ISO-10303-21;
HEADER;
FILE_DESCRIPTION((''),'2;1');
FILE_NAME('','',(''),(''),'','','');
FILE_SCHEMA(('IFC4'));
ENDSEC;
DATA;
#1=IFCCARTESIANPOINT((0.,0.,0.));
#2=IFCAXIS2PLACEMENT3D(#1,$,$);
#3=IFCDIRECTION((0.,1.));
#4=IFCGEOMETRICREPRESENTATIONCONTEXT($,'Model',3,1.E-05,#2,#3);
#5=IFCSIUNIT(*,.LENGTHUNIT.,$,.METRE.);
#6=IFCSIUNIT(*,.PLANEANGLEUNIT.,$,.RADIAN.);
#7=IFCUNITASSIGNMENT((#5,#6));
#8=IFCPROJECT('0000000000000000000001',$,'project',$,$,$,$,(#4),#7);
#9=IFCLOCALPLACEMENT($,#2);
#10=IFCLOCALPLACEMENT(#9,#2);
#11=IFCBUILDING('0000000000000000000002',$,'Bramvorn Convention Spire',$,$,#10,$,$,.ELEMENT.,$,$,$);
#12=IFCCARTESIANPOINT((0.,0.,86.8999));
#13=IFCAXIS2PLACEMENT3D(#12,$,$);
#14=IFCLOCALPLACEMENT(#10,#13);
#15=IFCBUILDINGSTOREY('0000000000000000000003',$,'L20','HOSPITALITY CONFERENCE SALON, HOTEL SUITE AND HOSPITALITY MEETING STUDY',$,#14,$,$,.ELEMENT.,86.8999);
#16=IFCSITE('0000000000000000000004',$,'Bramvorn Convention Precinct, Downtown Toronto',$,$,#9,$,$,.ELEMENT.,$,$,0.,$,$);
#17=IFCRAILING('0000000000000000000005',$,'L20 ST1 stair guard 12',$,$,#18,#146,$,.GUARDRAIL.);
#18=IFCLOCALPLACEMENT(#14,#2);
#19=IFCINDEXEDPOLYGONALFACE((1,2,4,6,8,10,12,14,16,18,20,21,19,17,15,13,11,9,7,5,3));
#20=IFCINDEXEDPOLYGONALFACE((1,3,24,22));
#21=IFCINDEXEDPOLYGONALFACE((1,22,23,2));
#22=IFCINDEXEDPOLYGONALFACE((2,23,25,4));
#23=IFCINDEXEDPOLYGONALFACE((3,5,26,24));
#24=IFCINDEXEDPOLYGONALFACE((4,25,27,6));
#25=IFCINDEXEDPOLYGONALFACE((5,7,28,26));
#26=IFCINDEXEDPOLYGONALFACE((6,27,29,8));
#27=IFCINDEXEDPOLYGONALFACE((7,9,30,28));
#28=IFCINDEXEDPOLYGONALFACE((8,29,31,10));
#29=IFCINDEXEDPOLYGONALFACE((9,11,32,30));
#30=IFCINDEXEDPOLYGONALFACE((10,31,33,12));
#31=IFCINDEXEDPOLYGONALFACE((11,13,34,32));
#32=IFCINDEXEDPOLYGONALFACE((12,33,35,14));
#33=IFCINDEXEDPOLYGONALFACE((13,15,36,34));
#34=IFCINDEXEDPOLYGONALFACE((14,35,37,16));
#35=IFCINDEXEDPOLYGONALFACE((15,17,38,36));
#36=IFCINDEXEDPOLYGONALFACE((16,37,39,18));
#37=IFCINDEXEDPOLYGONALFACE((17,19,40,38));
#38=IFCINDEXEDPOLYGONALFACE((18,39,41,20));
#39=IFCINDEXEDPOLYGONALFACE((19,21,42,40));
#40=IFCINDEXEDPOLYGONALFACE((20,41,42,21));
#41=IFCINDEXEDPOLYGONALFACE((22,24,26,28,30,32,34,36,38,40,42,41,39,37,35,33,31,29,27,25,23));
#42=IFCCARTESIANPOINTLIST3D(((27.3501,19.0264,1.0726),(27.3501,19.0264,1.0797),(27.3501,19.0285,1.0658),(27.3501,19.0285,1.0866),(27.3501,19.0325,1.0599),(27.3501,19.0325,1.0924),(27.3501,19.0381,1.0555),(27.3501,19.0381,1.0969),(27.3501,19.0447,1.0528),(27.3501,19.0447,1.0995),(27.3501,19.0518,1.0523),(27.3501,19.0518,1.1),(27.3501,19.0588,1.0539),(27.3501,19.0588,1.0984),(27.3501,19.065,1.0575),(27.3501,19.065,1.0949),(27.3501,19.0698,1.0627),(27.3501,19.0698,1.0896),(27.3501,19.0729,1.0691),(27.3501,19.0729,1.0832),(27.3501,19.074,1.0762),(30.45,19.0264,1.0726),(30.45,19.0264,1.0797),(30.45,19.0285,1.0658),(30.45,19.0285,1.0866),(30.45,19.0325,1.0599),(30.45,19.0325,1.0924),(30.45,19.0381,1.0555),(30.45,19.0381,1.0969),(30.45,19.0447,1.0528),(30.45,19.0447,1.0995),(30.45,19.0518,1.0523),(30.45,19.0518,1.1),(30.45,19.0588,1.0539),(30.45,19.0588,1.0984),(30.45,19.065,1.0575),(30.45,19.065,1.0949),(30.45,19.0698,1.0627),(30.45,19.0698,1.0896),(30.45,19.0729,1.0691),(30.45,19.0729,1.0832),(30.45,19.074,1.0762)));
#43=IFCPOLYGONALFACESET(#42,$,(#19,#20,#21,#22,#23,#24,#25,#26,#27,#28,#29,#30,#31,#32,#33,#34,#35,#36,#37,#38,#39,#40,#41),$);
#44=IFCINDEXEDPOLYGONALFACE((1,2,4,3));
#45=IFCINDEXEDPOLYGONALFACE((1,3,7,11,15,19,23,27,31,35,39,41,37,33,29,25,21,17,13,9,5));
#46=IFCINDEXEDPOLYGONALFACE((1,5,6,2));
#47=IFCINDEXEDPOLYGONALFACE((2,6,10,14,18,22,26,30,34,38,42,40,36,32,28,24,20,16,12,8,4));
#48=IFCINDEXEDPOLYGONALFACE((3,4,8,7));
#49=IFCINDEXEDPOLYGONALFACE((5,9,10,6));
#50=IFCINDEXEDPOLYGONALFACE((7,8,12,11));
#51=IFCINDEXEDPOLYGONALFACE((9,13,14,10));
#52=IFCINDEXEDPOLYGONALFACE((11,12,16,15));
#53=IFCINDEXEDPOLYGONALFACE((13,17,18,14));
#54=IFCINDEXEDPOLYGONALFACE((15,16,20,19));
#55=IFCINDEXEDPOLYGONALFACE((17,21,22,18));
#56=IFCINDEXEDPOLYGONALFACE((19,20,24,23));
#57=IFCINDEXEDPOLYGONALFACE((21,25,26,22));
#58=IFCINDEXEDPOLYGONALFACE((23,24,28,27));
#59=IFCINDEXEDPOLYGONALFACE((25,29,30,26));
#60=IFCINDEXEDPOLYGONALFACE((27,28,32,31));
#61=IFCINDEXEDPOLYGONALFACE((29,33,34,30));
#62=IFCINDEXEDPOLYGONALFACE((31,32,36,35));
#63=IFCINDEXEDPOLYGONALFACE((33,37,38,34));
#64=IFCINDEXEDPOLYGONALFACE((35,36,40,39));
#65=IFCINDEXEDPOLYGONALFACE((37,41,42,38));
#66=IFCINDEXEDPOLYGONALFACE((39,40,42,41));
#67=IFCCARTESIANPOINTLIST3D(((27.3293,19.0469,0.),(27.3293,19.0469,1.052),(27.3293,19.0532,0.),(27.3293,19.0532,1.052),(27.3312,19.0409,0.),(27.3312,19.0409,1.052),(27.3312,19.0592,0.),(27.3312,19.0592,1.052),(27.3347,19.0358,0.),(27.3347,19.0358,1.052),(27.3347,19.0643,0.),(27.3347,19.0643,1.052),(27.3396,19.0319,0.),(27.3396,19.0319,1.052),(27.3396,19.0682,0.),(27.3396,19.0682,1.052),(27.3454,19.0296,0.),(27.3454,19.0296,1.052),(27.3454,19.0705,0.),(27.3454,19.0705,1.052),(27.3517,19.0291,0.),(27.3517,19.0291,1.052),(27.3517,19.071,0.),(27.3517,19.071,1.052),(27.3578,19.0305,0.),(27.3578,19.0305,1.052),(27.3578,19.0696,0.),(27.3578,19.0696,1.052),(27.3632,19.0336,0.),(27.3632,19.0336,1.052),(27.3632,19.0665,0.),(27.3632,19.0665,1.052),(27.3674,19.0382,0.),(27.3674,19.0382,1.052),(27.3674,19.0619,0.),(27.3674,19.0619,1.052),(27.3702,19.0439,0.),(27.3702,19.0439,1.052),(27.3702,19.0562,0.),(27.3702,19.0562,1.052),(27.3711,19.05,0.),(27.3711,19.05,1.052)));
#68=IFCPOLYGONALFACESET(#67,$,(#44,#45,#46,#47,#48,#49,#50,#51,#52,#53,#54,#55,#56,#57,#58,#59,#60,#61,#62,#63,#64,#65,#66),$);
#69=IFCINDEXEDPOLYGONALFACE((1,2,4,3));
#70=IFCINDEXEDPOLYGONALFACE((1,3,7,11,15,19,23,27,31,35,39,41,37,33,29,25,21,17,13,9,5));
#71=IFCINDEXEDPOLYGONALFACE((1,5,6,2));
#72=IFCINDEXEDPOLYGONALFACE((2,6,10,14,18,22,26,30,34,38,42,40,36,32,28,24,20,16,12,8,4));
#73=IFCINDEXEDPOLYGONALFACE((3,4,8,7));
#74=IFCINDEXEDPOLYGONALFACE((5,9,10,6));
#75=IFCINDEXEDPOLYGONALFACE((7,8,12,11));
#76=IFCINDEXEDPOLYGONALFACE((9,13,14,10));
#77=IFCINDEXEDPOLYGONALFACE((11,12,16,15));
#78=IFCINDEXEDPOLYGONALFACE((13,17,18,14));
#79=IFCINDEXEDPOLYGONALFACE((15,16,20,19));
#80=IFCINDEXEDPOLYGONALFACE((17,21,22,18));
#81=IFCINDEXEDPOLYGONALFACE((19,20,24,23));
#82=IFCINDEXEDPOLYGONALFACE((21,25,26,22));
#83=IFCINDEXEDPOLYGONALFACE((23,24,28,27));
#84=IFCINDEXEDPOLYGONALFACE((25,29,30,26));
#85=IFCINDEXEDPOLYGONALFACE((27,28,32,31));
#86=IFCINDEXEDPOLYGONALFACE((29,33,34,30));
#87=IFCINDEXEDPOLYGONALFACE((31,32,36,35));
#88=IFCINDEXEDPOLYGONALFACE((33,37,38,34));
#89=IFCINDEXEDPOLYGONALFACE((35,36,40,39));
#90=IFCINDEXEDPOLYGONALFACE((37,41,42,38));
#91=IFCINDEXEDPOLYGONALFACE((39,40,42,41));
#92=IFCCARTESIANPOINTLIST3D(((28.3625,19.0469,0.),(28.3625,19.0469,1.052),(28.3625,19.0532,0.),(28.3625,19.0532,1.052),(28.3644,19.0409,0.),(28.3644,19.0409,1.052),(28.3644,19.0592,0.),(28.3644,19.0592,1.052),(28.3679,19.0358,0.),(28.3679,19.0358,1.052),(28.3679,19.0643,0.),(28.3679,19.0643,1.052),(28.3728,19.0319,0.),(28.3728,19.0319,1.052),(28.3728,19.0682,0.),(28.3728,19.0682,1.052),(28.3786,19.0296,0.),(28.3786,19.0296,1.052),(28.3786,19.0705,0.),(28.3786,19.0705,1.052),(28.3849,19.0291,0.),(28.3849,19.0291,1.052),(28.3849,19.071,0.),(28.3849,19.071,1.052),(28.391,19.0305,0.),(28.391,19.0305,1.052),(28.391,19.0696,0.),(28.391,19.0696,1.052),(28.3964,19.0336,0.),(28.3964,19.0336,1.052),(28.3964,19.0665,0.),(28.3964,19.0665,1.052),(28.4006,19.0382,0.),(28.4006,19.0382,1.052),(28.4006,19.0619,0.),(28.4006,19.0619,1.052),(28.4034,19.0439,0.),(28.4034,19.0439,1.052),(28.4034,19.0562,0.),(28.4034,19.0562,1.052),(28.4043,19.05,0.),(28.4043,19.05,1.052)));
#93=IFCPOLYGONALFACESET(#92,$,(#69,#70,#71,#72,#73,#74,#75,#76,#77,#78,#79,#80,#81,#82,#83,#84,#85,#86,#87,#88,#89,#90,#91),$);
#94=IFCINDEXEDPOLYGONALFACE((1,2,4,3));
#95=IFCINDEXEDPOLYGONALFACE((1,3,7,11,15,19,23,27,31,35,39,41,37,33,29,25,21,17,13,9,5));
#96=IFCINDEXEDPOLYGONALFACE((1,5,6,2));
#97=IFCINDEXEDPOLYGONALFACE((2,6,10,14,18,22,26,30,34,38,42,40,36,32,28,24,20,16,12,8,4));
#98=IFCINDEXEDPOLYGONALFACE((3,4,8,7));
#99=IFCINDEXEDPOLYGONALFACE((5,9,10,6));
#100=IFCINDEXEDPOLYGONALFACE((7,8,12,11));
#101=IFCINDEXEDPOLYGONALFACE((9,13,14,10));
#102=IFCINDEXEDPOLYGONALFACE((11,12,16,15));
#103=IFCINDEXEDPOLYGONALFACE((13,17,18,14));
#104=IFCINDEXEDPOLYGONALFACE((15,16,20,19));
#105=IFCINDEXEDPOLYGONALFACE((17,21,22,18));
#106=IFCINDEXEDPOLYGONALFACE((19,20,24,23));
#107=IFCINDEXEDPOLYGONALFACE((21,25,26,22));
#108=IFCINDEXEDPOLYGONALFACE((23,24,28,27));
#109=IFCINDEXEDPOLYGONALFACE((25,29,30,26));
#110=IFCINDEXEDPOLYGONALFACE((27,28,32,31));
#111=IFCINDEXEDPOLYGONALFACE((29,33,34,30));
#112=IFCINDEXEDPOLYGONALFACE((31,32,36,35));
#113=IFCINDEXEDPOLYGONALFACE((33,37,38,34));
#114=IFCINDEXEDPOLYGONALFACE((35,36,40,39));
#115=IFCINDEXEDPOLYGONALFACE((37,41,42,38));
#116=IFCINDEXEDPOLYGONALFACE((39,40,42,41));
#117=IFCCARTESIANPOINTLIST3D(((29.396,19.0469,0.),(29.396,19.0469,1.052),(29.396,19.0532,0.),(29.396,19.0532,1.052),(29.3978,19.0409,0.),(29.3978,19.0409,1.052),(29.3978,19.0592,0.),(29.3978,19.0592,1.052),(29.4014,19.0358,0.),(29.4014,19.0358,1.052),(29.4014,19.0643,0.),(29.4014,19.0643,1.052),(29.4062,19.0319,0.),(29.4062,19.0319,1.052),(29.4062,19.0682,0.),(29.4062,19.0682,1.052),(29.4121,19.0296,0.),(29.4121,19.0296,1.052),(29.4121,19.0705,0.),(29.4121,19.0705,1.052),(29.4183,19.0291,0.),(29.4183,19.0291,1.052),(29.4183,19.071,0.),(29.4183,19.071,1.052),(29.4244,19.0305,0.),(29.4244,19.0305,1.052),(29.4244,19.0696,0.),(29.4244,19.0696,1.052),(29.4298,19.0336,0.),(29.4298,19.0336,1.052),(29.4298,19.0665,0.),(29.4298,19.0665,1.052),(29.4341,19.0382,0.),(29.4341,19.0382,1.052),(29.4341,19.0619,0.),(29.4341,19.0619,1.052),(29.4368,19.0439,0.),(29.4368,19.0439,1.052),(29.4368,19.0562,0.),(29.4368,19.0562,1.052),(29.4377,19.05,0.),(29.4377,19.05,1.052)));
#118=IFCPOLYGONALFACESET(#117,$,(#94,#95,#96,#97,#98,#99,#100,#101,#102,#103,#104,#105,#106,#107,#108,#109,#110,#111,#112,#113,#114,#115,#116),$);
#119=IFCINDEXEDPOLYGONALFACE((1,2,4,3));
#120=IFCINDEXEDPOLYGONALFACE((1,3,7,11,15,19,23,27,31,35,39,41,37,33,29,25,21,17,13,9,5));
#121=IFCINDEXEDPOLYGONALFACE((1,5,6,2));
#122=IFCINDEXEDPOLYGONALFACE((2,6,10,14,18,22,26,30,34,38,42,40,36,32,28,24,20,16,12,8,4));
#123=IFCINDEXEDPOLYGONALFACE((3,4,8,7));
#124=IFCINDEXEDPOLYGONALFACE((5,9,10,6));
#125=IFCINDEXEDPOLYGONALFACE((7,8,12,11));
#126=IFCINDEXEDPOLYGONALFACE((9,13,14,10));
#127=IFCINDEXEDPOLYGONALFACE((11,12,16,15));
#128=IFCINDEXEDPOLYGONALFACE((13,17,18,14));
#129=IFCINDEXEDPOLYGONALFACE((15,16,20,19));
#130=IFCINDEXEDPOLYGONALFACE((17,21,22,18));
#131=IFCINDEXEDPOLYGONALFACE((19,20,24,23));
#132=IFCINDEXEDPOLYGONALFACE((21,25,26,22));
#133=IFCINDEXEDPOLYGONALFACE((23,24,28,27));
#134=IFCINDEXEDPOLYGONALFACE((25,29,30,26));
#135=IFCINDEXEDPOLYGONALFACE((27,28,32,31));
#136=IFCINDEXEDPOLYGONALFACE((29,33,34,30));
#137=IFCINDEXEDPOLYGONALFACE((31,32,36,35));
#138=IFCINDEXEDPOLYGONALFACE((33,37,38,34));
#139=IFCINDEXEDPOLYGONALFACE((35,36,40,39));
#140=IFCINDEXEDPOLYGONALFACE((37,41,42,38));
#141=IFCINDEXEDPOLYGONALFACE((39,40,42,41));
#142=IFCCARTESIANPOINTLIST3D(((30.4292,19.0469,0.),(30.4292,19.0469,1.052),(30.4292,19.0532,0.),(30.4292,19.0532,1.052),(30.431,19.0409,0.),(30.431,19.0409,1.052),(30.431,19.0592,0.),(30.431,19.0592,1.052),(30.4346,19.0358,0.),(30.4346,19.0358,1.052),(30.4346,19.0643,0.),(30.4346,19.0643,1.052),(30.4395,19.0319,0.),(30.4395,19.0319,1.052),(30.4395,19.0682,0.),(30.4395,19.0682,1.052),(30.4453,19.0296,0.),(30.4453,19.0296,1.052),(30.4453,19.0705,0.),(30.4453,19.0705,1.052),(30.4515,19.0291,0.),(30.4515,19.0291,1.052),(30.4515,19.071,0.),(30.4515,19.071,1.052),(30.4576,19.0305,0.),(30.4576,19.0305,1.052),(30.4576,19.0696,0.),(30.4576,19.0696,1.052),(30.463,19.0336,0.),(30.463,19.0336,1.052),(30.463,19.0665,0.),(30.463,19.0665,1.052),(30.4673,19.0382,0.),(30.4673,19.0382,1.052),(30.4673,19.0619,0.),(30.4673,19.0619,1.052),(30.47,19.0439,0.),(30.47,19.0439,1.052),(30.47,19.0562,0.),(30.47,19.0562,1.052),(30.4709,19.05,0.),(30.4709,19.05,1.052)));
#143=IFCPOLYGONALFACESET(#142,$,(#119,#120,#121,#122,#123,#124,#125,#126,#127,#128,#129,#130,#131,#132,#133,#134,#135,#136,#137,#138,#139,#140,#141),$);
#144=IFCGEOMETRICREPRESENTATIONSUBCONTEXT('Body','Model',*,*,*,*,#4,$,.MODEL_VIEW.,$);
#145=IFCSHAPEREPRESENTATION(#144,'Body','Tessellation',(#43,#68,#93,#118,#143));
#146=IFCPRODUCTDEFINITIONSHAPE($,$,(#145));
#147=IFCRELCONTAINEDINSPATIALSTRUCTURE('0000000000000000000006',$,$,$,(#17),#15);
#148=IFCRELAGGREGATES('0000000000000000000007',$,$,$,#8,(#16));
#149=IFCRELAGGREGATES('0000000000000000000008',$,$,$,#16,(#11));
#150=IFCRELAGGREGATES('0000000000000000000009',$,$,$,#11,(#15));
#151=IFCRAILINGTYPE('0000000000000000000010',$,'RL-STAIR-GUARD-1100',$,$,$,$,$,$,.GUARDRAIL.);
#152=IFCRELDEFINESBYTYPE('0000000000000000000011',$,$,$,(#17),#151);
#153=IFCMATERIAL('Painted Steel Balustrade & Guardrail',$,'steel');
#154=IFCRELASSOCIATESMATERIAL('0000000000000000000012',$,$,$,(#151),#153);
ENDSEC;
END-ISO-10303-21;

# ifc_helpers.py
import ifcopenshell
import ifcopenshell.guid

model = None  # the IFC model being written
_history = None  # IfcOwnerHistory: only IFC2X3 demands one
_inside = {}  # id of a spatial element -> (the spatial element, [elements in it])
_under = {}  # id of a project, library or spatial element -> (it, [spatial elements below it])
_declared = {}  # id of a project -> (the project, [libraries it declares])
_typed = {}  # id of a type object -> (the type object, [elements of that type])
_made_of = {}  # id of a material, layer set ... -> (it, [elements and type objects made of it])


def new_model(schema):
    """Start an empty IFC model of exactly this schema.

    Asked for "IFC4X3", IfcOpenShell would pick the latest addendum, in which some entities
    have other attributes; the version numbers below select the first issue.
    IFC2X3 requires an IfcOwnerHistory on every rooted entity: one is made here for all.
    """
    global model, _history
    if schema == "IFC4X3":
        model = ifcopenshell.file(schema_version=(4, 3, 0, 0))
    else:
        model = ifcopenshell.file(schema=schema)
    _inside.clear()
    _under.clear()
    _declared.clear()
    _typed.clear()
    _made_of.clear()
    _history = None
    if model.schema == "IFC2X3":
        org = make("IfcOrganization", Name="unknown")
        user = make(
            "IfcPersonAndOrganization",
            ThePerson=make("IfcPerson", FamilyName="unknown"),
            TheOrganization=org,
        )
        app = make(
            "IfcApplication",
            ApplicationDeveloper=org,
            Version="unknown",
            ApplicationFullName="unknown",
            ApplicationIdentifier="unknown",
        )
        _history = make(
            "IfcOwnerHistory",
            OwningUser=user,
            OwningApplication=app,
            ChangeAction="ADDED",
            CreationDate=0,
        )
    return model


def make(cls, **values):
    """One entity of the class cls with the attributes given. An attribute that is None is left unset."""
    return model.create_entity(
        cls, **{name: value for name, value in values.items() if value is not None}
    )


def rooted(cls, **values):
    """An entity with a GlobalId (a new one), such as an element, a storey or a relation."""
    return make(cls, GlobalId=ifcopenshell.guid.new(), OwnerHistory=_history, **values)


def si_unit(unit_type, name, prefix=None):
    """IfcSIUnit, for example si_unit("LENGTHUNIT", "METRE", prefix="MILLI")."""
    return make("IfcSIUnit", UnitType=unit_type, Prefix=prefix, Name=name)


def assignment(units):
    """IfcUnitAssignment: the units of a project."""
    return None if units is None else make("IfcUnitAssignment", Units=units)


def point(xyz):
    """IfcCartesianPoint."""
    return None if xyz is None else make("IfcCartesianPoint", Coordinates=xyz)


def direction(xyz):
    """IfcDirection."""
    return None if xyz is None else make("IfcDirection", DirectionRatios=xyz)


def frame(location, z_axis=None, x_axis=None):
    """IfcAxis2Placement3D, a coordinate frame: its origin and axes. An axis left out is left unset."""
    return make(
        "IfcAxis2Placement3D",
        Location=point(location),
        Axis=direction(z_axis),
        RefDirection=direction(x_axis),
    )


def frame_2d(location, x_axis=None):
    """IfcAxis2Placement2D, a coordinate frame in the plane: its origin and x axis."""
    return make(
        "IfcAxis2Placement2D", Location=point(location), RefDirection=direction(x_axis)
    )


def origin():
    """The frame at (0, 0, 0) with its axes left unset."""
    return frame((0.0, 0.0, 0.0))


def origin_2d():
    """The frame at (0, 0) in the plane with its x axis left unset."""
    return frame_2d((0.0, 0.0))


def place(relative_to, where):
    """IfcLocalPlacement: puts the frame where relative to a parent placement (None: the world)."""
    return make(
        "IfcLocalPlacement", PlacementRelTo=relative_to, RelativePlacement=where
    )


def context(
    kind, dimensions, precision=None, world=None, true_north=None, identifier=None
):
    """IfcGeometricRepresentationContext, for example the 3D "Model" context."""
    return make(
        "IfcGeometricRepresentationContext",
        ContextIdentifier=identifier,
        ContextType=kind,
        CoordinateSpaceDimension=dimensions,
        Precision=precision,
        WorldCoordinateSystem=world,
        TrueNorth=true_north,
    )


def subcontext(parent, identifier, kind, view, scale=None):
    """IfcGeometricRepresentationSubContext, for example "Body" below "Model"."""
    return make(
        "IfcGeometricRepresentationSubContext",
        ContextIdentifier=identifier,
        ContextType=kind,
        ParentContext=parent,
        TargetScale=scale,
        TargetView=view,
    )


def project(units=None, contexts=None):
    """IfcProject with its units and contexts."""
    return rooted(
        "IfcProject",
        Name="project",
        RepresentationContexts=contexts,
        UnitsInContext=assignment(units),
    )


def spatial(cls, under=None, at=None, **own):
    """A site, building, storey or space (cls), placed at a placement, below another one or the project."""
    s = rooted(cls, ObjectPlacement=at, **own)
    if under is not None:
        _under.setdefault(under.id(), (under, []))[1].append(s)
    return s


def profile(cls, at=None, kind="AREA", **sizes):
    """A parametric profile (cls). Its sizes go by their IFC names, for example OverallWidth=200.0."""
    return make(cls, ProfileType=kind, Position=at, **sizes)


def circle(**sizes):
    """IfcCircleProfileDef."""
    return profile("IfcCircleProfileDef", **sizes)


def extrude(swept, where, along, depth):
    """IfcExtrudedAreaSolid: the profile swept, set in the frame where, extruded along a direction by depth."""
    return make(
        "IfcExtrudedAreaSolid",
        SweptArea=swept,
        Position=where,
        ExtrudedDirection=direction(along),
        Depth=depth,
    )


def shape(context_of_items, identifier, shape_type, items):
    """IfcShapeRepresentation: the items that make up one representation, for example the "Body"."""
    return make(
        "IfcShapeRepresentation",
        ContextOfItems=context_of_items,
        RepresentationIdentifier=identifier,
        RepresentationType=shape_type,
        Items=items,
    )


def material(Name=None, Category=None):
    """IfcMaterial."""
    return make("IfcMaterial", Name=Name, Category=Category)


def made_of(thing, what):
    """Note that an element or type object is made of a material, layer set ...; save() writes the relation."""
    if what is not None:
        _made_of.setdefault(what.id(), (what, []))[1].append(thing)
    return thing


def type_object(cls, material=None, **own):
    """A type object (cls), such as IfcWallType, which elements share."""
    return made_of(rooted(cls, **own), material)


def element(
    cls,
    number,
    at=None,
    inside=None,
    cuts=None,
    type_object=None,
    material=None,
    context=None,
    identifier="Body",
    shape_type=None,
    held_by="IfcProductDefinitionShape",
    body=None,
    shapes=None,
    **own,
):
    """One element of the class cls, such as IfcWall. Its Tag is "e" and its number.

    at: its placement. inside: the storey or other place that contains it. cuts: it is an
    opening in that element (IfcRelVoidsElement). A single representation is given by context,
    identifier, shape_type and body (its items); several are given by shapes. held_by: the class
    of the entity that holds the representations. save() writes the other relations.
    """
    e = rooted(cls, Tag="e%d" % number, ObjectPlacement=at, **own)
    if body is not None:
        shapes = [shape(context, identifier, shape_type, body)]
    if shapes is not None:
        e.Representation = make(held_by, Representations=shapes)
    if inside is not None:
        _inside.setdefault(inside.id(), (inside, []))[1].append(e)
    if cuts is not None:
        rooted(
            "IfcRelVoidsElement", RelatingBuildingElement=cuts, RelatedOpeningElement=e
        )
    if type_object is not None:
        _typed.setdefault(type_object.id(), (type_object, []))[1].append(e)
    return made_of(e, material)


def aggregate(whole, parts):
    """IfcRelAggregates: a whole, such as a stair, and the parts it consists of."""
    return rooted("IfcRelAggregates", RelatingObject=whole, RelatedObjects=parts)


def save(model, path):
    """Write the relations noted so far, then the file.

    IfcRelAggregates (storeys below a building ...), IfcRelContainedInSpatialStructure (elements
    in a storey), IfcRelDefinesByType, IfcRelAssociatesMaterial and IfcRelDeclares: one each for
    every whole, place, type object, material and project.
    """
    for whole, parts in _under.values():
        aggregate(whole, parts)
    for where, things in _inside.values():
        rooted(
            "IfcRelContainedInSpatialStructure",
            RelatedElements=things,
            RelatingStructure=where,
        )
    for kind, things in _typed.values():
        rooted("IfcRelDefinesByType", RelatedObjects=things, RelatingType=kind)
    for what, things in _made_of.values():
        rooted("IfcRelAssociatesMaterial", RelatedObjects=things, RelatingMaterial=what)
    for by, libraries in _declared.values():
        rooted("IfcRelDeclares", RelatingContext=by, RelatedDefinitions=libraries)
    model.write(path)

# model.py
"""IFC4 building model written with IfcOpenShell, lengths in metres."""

from ifc_helpers import new_model, si_unit, direction, frame, origin, origin_2d, place, context, subcontext, project, spatial, circle, extrude, material, type_object, element, save


model = new_model("IFC4")

# Units and contexts
model_context = context("Model", 3, precision=1e-05, world=origin(), true_north=direction((0.0, 1.0)))
body_context = subcontext(model_context, "Body", "Model", "MODEL_VIEW")
ifc_project = project(units=[si_unit("LENGTHUNIT", "METRE"), si_unit("PLANEANGLEUNIT", "RADIAN")], contexts=[model_context])

# Site, building, storey
site_placement = place(None, origin())
site = spatial("IfcSite", under=ifc_project, at=site_placement, Name="Bramvorn Convention Precinct, Downtown Toronto", CompositionType="ELEMENT", RefElevation=0.0)
building_placement = place(site_placement, origin())
building = spatial("IfcBuilding", under=site, at=building_placement, Name="Bramvorn Convention Spire", CompositionType="ELEMENT")
storey_placement = place(building_placement, frame((0.0, 0.0, 86.8999)))
storey = spatial("IfcBuildingStorey", under=building, at=storey_placement, Name="L20", Description="HOSPITALITY CONFERENCE SALON, HOTEL SUITE AND HOSPITALITY MEETING STUDY", CompositionType="ELEMENT", Elevation=86.8999)

# Railing
ifc_material_1 = material(Name="Painted Steel Balustrade & Guardrail", Category="steel")
railing_type = type_object("IfcRailingType", Name="RL-STAIR-GUARD-1100", PredefinedType="GUARDRAIL", material=ifc_material_1)
railing_1_placement = place(storey_placement, frame((27.3501, 19.05, 0.0)))
element("IfcRailing", 1, at=railing_1_placement, inside=storey, type_object=railing_type, Name="L20 ST1 stair guard 12", PredefinedType="GUARDRAIL", context=body_context, shape_type="SweptSolid", body=[
    extrude(circle(Radius=0.0239, at=origin_2d()), frame((0.0, 0.0, 1.0762), z_axis=(1.0, 0.0, 0.0), x_axis=(0.0, 1.0, 0.0)), (0.0, 0.0, 1.0), 3.0999),
    extrude(circle(Radius=0.021, at=origin_2d()), origin(), (0.0, 0.0, 1.0), 1.052),
    extrude(circle(Radius=0.021, at=origin_2d()), frame((1.0332, 0.0, 0.0)), (0.0, 0.0, 1.0), 1.052),
    extrude(circle(Radius=0.021, at=origin_2d()), frame((2.0667, 0.0, 0.0)), (0.0, 0.0, 1.0), 1.052),
    extrude(circle(Radius=0.021, at=origin_2d()), frame((3.0999, 0.0, 0.0)), (0.0, 0.0, 1.0), 1.052),
])

save(model, "model.ifc")
